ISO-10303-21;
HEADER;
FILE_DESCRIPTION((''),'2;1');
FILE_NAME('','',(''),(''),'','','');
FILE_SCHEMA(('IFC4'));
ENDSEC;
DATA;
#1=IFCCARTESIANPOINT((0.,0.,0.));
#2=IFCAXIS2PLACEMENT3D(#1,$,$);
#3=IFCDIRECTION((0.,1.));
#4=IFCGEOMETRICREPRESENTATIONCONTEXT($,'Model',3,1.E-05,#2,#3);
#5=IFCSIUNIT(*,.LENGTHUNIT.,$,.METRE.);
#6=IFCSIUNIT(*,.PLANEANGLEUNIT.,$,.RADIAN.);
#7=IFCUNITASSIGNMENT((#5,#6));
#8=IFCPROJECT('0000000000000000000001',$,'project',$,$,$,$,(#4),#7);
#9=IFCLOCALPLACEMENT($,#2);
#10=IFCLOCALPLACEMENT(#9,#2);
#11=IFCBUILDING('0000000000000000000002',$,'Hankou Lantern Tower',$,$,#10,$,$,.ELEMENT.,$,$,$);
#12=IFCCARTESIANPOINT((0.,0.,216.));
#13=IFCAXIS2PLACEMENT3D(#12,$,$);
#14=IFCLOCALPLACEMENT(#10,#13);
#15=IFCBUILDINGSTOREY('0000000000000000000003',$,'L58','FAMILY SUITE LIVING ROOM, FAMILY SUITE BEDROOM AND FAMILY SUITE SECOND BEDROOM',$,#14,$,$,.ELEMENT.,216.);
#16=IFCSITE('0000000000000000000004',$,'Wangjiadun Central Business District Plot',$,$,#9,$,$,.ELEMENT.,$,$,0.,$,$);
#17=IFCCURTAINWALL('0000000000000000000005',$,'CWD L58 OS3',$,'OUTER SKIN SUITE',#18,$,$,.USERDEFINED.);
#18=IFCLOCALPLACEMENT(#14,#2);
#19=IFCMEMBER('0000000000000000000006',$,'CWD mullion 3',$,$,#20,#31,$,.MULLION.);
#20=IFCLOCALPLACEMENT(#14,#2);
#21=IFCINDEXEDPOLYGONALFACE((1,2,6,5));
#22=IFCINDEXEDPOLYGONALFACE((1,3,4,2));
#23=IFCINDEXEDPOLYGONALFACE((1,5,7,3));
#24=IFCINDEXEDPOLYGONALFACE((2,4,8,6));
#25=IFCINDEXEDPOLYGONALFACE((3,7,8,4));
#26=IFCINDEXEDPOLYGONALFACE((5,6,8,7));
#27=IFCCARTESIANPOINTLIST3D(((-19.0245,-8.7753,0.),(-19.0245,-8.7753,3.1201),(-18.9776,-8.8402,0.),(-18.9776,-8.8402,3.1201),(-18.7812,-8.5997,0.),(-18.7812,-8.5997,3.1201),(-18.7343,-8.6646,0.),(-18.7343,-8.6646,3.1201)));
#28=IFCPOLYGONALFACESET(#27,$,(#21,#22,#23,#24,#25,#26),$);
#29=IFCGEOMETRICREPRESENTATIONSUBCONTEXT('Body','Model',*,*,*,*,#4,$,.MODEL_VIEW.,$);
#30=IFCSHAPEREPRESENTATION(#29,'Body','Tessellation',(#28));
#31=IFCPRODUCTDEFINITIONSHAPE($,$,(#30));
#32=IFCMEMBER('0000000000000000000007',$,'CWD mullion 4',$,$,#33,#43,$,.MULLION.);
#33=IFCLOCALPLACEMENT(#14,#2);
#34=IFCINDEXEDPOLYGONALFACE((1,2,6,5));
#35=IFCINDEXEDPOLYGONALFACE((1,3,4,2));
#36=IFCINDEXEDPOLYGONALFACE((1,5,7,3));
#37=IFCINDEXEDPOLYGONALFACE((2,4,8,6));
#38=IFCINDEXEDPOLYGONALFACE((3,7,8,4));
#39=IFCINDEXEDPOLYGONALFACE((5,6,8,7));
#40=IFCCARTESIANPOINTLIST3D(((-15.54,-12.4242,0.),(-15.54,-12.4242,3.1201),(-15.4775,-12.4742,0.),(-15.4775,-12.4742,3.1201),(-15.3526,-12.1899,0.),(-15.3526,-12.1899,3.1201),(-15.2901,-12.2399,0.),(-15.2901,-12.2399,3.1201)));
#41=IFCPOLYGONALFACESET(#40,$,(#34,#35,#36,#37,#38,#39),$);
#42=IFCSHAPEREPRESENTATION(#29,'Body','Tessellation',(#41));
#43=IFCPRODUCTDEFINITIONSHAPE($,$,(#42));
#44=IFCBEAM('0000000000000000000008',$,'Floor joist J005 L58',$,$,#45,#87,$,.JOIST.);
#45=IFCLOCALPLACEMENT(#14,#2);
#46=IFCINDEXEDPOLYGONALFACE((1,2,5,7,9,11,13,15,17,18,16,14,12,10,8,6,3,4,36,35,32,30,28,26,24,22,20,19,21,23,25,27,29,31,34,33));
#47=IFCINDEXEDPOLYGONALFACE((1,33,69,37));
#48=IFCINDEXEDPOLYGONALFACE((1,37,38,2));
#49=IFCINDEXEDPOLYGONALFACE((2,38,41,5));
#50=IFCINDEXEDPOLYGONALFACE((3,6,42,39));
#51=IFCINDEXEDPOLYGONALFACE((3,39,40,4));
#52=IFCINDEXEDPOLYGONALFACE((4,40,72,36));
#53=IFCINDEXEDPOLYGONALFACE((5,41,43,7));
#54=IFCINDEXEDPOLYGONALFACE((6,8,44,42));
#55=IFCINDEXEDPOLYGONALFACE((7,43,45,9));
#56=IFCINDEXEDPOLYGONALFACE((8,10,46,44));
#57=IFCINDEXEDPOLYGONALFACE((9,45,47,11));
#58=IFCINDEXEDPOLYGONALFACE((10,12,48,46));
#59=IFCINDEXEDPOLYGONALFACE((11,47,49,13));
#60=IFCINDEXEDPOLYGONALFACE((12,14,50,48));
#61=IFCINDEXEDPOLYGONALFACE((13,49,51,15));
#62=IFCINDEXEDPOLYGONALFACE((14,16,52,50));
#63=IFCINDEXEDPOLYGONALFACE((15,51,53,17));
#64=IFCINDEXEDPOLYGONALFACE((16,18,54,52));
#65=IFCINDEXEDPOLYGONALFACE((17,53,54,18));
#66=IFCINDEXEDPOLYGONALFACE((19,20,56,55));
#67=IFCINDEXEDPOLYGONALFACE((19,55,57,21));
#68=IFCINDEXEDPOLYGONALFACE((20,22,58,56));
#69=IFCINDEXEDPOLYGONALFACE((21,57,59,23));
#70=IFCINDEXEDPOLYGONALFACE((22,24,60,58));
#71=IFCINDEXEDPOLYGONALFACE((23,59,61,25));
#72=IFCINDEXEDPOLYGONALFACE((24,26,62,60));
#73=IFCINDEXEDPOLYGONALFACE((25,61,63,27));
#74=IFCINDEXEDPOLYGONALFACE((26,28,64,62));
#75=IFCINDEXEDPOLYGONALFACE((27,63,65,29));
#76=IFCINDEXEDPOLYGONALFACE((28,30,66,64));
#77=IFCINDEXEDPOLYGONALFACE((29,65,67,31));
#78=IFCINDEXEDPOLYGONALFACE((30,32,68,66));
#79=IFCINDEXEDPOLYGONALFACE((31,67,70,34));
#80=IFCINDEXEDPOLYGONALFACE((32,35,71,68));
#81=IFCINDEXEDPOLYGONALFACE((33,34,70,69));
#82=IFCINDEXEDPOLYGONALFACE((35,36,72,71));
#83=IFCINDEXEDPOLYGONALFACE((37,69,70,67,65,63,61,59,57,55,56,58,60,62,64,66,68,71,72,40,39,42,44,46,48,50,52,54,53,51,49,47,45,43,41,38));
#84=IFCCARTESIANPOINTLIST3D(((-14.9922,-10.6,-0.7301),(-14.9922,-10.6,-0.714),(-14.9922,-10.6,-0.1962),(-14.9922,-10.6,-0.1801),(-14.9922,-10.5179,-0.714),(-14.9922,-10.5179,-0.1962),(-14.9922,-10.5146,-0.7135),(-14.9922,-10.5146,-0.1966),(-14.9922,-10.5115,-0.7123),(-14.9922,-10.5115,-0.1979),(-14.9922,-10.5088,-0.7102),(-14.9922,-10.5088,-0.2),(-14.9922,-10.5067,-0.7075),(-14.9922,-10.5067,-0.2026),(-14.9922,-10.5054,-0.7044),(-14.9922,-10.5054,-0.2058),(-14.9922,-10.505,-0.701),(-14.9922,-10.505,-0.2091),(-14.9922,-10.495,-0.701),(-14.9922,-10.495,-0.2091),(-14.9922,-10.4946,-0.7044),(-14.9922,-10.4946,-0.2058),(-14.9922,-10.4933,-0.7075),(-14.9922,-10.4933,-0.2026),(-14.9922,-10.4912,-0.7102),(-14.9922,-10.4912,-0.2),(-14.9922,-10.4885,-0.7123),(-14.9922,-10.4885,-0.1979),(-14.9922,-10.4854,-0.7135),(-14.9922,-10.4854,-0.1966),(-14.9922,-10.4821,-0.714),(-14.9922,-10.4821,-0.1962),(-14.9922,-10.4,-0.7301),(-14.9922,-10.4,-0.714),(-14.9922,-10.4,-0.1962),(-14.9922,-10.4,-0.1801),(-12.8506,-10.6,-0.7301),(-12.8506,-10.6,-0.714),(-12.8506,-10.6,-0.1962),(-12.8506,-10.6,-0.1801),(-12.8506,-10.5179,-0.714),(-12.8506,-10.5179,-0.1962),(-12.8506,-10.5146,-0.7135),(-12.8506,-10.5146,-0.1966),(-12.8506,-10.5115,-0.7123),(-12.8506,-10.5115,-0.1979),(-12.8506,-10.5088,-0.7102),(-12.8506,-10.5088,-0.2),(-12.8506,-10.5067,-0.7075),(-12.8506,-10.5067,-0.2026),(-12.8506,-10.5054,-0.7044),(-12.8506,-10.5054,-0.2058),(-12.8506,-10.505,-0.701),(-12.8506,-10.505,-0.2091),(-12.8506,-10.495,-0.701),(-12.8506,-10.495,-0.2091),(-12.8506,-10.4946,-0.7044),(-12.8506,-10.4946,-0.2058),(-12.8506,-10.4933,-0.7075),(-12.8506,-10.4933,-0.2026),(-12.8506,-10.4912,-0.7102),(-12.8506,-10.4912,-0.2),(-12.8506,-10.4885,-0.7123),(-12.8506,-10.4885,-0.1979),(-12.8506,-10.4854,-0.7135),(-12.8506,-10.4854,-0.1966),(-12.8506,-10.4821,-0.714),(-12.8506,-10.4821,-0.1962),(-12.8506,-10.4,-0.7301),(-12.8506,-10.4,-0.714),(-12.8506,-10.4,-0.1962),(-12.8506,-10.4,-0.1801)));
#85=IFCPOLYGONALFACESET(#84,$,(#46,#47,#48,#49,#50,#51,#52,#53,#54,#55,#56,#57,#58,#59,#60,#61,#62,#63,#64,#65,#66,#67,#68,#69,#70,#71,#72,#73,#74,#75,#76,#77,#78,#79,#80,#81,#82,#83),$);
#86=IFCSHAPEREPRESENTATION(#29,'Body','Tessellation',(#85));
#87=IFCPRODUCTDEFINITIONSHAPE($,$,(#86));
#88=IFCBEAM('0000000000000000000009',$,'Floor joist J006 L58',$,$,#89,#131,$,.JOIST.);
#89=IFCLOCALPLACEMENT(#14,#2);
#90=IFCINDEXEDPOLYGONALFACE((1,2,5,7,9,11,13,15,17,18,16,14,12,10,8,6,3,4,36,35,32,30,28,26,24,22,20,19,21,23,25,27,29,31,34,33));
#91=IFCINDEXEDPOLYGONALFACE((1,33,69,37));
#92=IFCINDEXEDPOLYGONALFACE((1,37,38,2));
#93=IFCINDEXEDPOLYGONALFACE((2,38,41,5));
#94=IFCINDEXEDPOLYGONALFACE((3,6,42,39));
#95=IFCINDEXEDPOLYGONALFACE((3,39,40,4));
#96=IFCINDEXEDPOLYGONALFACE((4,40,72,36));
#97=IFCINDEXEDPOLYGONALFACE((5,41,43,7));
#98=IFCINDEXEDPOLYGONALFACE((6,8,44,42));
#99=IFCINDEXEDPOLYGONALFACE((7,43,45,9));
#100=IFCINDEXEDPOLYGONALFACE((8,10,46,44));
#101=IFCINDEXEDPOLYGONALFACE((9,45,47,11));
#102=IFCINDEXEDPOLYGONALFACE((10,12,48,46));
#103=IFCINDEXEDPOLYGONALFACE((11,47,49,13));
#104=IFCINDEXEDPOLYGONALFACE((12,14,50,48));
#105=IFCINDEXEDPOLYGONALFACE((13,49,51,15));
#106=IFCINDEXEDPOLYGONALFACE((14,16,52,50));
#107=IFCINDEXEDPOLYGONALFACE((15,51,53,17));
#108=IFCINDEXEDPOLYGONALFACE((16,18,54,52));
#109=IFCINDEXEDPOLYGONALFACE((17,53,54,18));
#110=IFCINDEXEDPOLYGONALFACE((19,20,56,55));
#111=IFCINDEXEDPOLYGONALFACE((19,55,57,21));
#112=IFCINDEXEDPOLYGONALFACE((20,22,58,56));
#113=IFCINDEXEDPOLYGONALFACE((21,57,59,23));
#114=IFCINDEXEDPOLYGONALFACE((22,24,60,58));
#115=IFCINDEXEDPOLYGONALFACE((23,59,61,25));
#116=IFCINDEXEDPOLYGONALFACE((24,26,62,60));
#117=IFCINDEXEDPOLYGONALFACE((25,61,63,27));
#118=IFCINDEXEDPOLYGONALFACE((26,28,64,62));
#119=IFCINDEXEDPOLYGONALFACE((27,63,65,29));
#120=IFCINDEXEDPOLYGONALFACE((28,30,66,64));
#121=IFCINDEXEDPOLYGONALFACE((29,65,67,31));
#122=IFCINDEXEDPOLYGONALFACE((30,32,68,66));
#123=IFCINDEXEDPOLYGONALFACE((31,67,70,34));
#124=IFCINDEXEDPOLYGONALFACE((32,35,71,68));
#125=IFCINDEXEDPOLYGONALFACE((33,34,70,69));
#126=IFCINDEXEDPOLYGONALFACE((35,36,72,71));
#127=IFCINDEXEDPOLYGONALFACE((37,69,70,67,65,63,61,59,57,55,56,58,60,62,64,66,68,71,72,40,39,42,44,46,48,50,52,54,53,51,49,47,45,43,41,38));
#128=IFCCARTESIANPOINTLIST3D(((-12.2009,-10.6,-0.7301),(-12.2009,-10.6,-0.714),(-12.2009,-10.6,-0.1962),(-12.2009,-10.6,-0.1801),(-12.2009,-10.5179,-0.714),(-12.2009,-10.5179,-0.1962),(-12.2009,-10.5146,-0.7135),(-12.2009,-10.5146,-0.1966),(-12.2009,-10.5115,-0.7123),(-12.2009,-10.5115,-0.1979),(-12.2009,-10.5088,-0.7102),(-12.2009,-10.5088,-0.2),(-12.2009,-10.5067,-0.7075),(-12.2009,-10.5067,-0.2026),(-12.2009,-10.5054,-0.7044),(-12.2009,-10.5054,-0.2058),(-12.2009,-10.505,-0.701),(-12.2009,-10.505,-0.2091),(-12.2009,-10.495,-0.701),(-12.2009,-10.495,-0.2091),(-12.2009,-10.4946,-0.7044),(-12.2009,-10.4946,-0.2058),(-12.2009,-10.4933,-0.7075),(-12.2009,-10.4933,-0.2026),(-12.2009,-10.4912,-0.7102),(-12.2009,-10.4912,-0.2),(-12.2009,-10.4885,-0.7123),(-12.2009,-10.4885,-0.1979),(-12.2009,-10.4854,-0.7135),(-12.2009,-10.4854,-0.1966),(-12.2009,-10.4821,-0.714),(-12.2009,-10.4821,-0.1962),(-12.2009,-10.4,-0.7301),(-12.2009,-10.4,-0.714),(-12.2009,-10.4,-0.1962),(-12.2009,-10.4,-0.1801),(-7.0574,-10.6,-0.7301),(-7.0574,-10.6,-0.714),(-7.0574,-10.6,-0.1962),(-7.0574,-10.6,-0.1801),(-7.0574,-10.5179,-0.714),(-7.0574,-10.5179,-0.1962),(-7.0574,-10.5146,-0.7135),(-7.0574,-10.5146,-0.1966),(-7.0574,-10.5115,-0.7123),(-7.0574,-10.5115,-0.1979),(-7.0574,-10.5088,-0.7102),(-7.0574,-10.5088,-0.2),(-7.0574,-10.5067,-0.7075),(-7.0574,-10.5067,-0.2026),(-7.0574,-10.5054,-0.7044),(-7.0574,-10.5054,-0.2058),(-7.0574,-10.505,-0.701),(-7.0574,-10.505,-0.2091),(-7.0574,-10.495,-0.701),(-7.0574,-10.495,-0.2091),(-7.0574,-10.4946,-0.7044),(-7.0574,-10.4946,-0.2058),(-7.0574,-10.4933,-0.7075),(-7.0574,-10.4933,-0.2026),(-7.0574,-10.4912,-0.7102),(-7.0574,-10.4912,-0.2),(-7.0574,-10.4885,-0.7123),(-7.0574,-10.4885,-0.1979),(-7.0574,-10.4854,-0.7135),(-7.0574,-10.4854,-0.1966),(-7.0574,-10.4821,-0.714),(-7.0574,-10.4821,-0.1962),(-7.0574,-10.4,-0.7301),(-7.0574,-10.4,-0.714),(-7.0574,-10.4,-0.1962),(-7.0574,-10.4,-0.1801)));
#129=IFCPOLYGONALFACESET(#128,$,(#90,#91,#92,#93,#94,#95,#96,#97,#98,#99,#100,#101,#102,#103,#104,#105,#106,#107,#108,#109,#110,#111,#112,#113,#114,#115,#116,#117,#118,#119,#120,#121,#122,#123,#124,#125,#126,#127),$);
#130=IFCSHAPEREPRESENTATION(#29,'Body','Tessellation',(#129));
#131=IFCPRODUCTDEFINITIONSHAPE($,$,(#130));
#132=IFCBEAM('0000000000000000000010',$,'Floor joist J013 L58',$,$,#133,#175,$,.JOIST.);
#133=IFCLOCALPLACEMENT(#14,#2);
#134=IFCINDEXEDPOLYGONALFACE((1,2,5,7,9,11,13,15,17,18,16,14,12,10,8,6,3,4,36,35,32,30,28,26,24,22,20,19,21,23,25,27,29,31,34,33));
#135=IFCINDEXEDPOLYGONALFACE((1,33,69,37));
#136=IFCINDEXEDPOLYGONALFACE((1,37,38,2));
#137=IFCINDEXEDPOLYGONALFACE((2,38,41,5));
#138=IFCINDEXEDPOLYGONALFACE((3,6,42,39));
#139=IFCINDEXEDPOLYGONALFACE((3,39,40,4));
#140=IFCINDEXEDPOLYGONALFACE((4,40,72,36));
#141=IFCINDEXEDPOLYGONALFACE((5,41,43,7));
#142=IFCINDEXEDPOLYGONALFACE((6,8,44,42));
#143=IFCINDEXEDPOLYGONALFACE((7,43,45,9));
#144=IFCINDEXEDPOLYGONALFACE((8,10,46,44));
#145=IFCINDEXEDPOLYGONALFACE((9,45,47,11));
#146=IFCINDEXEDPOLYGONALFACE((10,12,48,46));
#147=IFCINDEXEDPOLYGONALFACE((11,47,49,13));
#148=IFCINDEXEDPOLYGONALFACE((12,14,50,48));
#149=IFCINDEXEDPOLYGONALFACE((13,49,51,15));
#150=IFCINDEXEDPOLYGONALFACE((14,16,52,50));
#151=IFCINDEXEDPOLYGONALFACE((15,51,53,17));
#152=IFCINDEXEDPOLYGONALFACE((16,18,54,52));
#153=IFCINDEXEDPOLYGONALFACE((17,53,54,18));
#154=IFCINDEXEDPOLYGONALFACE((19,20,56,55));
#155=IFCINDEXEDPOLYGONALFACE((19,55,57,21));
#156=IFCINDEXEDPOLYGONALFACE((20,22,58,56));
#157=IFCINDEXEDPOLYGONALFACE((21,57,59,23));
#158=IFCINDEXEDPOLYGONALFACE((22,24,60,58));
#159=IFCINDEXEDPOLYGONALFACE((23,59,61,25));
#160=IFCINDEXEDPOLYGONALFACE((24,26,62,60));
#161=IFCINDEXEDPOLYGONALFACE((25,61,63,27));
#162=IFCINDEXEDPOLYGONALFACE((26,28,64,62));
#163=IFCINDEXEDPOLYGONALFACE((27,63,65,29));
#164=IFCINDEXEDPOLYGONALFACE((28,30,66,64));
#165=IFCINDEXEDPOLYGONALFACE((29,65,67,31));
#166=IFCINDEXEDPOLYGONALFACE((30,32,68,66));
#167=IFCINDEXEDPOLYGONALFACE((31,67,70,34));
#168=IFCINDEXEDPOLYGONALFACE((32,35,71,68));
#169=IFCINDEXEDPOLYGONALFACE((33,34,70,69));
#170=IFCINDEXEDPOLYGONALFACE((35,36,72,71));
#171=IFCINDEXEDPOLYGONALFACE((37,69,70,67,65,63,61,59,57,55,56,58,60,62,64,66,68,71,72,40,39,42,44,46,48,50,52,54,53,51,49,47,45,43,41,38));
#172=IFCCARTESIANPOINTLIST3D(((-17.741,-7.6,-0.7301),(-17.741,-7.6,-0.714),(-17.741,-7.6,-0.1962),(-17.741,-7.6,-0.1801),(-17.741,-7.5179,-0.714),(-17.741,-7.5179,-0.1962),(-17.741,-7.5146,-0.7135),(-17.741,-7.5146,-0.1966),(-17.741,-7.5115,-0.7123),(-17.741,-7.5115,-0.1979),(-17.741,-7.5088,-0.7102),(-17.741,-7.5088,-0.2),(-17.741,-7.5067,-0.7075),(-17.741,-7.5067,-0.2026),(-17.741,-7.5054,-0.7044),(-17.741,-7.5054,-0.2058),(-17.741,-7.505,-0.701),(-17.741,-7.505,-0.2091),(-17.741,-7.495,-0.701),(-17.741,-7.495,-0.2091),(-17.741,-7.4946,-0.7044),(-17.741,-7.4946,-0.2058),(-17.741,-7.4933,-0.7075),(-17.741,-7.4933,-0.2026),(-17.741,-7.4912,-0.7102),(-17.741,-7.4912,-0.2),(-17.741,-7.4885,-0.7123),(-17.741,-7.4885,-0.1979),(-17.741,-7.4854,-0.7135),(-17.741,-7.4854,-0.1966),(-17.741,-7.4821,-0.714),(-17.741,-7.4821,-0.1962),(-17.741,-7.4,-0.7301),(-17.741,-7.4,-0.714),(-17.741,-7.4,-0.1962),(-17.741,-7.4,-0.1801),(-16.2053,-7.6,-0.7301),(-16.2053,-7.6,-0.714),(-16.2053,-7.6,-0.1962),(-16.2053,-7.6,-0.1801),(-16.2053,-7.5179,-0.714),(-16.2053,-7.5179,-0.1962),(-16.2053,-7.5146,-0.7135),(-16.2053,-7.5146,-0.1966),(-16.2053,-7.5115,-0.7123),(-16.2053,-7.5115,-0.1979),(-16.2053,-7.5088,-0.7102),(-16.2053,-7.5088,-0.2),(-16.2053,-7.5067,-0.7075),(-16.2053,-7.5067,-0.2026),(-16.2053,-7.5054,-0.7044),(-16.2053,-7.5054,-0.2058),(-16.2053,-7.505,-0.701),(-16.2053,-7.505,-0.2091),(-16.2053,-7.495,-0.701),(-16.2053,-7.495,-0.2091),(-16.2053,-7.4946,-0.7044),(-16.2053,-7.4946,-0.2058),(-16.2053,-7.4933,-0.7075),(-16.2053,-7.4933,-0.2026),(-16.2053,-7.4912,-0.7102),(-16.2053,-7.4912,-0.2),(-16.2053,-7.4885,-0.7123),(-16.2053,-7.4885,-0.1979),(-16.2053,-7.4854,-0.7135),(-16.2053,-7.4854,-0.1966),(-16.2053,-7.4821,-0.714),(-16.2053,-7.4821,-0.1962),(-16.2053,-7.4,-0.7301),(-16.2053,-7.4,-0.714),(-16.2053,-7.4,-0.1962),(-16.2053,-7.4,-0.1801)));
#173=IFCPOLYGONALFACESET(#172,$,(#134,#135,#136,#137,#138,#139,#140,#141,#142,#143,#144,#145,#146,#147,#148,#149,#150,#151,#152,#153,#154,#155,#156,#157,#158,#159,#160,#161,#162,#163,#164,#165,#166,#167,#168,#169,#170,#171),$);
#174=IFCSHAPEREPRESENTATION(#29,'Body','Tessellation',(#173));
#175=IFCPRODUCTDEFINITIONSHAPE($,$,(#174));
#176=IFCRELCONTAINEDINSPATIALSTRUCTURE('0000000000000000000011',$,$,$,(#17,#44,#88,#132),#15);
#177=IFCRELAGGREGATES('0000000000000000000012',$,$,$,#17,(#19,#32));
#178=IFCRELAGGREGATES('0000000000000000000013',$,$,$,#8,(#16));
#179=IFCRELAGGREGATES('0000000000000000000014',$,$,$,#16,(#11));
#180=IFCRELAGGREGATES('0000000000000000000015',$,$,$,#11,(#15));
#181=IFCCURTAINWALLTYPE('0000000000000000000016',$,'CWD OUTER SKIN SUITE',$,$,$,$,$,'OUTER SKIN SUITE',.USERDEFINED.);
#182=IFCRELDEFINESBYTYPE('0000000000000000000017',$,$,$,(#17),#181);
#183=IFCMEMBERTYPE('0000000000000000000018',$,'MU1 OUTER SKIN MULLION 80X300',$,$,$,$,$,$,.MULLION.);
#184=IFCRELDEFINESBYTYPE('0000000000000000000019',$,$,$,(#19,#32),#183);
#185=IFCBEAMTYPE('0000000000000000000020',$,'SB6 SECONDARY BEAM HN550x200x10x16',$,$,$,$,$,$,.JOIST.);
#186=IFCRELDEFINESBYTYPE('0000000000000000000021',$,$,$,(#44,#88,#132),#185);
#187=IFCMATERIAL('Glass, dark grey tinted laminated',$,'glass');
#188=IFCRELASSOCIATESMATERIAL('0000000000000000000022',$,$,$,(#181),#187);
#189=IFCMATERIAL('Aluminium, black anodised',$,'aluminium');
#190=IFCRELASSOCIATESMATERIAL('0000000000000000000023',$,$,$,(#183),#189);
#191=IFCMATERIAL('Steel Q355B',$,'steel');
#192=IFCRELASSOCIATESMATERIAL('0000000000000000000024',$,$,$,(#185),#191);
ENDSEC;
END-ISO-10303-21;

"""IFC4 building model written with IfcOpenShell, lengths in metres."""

from ifc_helpers import new_model, si_unit, direction, frame, origin, origin_2d, place, context, subcontext, project, spatial, rectangle, i_section, extrude, material, material_profile, profile_set, type_object, element, aggregate, save


model = new_model("IFC4")

# Units and contexts
model_context = context("Model", 3, precision=1e-05, world=origin(), true_north=direction((0.0, 1.0)))
body_context = subcontext(model_context, "Body", "Model", "MODEL_VIEW")
ifc_project = project(units=[si_unit("LENGTHUNIT", "METRE"), si_unit("PLANEANGLEUNIT", "RADIAN")], contexts=[model_context])

# Site, building, storey
site_placement = place(None, origin())
site = spatial("IfcSite", under=ifc_project, at=site_placement, Name="Wangjiadun Central Business District Plot", CompositionType="ELEMENT", RefElevation=0.0)
building_placement = place(site_placement, origin())
building = spatial("IfcBuilding", under=site, at=building_placement, Name="Hankou Lantern Tower", CompositionType="ELEMENT")
storey_placement = place(building_placement, frame((0.0, 0.0, 216.0)))
storey = spatial("IfcBuildingStorey", under=building, at=storey_placement, Name="L58", Description="FAMILY SUITE LIVING ROOM, FAMILY SUITE BEDROOM AND FAMILY SUITE SECOND BEDROOM", CompositionType="ELEMENT", Elevation=216.0)

# Curtain wall, members
ifc_material_1 = material(Name="Glass, dark grey tinted laminated", Category="glass")
curtain_wall_type = type_object("IfcCurtainWallType", Name="CWD OUTER SKIN SUITE", ElementType="OUTER SKIN SUITE", PredefinedType="USERDEFINED", material=ifc_material_1)
curtain_wall_placement = place(storey_placement, origin())
curtain_wall = element("IfcCurtainWall", 1, at=curtain_wall_placement, inside=storey, type_object=curtain_wall_type, Name="CWD L58 OS3", ObjectType="OUTER SKIN SUITE", PredefinedType="USERDEFINED")
ifc_material_2 = material(Name="Aluminium, black anodised", Category="aluminium")
ifc_material_profile_1 = material_profile(ifc_material_2, rectangle(XDim=0.0801, YDim=0.3, at=origin_2d()), Name="MU1 80X300")
ifc_profile_set_1 = profile_set([ifc_material_profile_1], Name="Aluminium, black anodised")
member_type_1 = type_object("IfcMemberType", Name="MU1 OUTER SKIN MULLION 80X300", PredefinedType="MULLION", material=ifc_profile_set_1)
member_1_placement = place(storey_placement, frame((-18.8794, -8.72, 0.0), z_axis=(0.0, 0.0, 1.0), x_axis=(0.585206, -0.810885, 0.0)))
member_1 = element("IfcMember", 2, at=member_1_placement, type_object=member_type_1, Name="CWD mullion 3", PredefinedType="MULLION", context=body_context, shape_type="SweptSolid", body=[
    extrude(rectangle(XDim=0.0801, YDim=0.3, at=origin_2d()), origin(), (0.0, 0.0, 1.0), 3.1201),
])
member_2_placement = place(storey_placement, frame((-15.415, -12.332, 0.0), z_axis=(0.0, 0.0, 1.0), x_axis=(0.780869, -0.624695, 0.0)))
member_2 = element("IfcMember", 3, at=member_2_placement, type_object=member_type_1, Name="CWD mullion 4", PredefinedType="MULLION", context=body_context, shape_type="SweptSolid", body=[
    extrude(rectangle(XDim=0.0801, YDim=0.3, at=origin_2d()), origin(), (0.0, 0.0, 1.0), 3.1201),
])

# Beams
ifc_material_3 = material(Name="Steel Q355B", Category="steel")
ifc_material_profile_2 = material_profile(ifc_material_3, i_section(OverallWidth=0.2, OverallDepth=0.55, WebThickness=0.01, FlangeThickness=0.0161, FilletRadius=0.0129, at=origin_2d()), Name="HN550x200x10x16")
ifc_profile_set_2 = profile_set([ifc_material_profile_2], Name="Steel Q355B")
beam_type_1 = type_object("IfcBeamType", Name="SB6 SECONDARY BEAM HN550x200x10x16", PredefinedType="JOIST", material=ifc_profile_set_2)
beam_1_placement = place(storey_placement, frame((-14.9922, -10.5, -0.4551), z_axis=(1.0, 0.0, 0.0), x_axis=(0.0, 1.0, 0.0)))
element("IfcBeam", 4, at=beam_1_placement, inside=storey, type_object=beam_type_1, Name="Floor joist J005 L58", PredefinedType="JOIST", context=body_context, shape_type="SweptSolid", body=[
    extrude(i_section(OverallWidth=0.2, OverallDepth=0.55, WebThickness=0.01, FlangeThickness=0.0161, FilletRadius=0.0129, at=origin_2d()), origin(), (0.0, 0.0, 1.0), 2.1416),
])
beam_2_placement = place(storey_placement, frame((-12.2009, -10.5, -0.4551), z_axis=(1.0, 0.0, 0.0), x_axis=(0.0, 1.0, 0.0)))
element("IfcBeam", 5, at=beam_2_placement, inside=storey, type_object=beam_type_1, Name="Floor joist J006 L58", PredefinedType="JOIST", context=body_context, shape_type="SweptSolid", body=[
    extrude(i_section(OverallWidth=0.2, OverallDepth=0.55, WebThickness=0.01, FlangeThickness=0.0161, FilletRadius=0.0129, at=origin_2d()), origin(), (0.0, 0.0, 1.0), 5.1436),
])
beam_3_placement = place(storey_placement, frame((-17.741, -7.5, -0.4551), z_axis=(1.0, 0.0, 0.0), x_axis=(0.0, 1.0, 0.0)))
element("IfcBeam", 6, at=beam_3_placement, inside=storey, type_object=beam_type_1, Name="Floor joist J013 L58", PredefinedType="JOIST", context=body_context, shape_type="SweptSolid", body=[
    extrude(i_section(OverallWidth=0.2, OverallDepth=0.55, WebThickness=0.01, FlangeThickness=0.0161, FilletRadius=0.0129, at=origin_2d()), origin(), (0.0, 0.0, 1.0), 1.5356),
])

aggregate(curtain_wall, [member_1, member_2])

save(model, "model.ifc")
